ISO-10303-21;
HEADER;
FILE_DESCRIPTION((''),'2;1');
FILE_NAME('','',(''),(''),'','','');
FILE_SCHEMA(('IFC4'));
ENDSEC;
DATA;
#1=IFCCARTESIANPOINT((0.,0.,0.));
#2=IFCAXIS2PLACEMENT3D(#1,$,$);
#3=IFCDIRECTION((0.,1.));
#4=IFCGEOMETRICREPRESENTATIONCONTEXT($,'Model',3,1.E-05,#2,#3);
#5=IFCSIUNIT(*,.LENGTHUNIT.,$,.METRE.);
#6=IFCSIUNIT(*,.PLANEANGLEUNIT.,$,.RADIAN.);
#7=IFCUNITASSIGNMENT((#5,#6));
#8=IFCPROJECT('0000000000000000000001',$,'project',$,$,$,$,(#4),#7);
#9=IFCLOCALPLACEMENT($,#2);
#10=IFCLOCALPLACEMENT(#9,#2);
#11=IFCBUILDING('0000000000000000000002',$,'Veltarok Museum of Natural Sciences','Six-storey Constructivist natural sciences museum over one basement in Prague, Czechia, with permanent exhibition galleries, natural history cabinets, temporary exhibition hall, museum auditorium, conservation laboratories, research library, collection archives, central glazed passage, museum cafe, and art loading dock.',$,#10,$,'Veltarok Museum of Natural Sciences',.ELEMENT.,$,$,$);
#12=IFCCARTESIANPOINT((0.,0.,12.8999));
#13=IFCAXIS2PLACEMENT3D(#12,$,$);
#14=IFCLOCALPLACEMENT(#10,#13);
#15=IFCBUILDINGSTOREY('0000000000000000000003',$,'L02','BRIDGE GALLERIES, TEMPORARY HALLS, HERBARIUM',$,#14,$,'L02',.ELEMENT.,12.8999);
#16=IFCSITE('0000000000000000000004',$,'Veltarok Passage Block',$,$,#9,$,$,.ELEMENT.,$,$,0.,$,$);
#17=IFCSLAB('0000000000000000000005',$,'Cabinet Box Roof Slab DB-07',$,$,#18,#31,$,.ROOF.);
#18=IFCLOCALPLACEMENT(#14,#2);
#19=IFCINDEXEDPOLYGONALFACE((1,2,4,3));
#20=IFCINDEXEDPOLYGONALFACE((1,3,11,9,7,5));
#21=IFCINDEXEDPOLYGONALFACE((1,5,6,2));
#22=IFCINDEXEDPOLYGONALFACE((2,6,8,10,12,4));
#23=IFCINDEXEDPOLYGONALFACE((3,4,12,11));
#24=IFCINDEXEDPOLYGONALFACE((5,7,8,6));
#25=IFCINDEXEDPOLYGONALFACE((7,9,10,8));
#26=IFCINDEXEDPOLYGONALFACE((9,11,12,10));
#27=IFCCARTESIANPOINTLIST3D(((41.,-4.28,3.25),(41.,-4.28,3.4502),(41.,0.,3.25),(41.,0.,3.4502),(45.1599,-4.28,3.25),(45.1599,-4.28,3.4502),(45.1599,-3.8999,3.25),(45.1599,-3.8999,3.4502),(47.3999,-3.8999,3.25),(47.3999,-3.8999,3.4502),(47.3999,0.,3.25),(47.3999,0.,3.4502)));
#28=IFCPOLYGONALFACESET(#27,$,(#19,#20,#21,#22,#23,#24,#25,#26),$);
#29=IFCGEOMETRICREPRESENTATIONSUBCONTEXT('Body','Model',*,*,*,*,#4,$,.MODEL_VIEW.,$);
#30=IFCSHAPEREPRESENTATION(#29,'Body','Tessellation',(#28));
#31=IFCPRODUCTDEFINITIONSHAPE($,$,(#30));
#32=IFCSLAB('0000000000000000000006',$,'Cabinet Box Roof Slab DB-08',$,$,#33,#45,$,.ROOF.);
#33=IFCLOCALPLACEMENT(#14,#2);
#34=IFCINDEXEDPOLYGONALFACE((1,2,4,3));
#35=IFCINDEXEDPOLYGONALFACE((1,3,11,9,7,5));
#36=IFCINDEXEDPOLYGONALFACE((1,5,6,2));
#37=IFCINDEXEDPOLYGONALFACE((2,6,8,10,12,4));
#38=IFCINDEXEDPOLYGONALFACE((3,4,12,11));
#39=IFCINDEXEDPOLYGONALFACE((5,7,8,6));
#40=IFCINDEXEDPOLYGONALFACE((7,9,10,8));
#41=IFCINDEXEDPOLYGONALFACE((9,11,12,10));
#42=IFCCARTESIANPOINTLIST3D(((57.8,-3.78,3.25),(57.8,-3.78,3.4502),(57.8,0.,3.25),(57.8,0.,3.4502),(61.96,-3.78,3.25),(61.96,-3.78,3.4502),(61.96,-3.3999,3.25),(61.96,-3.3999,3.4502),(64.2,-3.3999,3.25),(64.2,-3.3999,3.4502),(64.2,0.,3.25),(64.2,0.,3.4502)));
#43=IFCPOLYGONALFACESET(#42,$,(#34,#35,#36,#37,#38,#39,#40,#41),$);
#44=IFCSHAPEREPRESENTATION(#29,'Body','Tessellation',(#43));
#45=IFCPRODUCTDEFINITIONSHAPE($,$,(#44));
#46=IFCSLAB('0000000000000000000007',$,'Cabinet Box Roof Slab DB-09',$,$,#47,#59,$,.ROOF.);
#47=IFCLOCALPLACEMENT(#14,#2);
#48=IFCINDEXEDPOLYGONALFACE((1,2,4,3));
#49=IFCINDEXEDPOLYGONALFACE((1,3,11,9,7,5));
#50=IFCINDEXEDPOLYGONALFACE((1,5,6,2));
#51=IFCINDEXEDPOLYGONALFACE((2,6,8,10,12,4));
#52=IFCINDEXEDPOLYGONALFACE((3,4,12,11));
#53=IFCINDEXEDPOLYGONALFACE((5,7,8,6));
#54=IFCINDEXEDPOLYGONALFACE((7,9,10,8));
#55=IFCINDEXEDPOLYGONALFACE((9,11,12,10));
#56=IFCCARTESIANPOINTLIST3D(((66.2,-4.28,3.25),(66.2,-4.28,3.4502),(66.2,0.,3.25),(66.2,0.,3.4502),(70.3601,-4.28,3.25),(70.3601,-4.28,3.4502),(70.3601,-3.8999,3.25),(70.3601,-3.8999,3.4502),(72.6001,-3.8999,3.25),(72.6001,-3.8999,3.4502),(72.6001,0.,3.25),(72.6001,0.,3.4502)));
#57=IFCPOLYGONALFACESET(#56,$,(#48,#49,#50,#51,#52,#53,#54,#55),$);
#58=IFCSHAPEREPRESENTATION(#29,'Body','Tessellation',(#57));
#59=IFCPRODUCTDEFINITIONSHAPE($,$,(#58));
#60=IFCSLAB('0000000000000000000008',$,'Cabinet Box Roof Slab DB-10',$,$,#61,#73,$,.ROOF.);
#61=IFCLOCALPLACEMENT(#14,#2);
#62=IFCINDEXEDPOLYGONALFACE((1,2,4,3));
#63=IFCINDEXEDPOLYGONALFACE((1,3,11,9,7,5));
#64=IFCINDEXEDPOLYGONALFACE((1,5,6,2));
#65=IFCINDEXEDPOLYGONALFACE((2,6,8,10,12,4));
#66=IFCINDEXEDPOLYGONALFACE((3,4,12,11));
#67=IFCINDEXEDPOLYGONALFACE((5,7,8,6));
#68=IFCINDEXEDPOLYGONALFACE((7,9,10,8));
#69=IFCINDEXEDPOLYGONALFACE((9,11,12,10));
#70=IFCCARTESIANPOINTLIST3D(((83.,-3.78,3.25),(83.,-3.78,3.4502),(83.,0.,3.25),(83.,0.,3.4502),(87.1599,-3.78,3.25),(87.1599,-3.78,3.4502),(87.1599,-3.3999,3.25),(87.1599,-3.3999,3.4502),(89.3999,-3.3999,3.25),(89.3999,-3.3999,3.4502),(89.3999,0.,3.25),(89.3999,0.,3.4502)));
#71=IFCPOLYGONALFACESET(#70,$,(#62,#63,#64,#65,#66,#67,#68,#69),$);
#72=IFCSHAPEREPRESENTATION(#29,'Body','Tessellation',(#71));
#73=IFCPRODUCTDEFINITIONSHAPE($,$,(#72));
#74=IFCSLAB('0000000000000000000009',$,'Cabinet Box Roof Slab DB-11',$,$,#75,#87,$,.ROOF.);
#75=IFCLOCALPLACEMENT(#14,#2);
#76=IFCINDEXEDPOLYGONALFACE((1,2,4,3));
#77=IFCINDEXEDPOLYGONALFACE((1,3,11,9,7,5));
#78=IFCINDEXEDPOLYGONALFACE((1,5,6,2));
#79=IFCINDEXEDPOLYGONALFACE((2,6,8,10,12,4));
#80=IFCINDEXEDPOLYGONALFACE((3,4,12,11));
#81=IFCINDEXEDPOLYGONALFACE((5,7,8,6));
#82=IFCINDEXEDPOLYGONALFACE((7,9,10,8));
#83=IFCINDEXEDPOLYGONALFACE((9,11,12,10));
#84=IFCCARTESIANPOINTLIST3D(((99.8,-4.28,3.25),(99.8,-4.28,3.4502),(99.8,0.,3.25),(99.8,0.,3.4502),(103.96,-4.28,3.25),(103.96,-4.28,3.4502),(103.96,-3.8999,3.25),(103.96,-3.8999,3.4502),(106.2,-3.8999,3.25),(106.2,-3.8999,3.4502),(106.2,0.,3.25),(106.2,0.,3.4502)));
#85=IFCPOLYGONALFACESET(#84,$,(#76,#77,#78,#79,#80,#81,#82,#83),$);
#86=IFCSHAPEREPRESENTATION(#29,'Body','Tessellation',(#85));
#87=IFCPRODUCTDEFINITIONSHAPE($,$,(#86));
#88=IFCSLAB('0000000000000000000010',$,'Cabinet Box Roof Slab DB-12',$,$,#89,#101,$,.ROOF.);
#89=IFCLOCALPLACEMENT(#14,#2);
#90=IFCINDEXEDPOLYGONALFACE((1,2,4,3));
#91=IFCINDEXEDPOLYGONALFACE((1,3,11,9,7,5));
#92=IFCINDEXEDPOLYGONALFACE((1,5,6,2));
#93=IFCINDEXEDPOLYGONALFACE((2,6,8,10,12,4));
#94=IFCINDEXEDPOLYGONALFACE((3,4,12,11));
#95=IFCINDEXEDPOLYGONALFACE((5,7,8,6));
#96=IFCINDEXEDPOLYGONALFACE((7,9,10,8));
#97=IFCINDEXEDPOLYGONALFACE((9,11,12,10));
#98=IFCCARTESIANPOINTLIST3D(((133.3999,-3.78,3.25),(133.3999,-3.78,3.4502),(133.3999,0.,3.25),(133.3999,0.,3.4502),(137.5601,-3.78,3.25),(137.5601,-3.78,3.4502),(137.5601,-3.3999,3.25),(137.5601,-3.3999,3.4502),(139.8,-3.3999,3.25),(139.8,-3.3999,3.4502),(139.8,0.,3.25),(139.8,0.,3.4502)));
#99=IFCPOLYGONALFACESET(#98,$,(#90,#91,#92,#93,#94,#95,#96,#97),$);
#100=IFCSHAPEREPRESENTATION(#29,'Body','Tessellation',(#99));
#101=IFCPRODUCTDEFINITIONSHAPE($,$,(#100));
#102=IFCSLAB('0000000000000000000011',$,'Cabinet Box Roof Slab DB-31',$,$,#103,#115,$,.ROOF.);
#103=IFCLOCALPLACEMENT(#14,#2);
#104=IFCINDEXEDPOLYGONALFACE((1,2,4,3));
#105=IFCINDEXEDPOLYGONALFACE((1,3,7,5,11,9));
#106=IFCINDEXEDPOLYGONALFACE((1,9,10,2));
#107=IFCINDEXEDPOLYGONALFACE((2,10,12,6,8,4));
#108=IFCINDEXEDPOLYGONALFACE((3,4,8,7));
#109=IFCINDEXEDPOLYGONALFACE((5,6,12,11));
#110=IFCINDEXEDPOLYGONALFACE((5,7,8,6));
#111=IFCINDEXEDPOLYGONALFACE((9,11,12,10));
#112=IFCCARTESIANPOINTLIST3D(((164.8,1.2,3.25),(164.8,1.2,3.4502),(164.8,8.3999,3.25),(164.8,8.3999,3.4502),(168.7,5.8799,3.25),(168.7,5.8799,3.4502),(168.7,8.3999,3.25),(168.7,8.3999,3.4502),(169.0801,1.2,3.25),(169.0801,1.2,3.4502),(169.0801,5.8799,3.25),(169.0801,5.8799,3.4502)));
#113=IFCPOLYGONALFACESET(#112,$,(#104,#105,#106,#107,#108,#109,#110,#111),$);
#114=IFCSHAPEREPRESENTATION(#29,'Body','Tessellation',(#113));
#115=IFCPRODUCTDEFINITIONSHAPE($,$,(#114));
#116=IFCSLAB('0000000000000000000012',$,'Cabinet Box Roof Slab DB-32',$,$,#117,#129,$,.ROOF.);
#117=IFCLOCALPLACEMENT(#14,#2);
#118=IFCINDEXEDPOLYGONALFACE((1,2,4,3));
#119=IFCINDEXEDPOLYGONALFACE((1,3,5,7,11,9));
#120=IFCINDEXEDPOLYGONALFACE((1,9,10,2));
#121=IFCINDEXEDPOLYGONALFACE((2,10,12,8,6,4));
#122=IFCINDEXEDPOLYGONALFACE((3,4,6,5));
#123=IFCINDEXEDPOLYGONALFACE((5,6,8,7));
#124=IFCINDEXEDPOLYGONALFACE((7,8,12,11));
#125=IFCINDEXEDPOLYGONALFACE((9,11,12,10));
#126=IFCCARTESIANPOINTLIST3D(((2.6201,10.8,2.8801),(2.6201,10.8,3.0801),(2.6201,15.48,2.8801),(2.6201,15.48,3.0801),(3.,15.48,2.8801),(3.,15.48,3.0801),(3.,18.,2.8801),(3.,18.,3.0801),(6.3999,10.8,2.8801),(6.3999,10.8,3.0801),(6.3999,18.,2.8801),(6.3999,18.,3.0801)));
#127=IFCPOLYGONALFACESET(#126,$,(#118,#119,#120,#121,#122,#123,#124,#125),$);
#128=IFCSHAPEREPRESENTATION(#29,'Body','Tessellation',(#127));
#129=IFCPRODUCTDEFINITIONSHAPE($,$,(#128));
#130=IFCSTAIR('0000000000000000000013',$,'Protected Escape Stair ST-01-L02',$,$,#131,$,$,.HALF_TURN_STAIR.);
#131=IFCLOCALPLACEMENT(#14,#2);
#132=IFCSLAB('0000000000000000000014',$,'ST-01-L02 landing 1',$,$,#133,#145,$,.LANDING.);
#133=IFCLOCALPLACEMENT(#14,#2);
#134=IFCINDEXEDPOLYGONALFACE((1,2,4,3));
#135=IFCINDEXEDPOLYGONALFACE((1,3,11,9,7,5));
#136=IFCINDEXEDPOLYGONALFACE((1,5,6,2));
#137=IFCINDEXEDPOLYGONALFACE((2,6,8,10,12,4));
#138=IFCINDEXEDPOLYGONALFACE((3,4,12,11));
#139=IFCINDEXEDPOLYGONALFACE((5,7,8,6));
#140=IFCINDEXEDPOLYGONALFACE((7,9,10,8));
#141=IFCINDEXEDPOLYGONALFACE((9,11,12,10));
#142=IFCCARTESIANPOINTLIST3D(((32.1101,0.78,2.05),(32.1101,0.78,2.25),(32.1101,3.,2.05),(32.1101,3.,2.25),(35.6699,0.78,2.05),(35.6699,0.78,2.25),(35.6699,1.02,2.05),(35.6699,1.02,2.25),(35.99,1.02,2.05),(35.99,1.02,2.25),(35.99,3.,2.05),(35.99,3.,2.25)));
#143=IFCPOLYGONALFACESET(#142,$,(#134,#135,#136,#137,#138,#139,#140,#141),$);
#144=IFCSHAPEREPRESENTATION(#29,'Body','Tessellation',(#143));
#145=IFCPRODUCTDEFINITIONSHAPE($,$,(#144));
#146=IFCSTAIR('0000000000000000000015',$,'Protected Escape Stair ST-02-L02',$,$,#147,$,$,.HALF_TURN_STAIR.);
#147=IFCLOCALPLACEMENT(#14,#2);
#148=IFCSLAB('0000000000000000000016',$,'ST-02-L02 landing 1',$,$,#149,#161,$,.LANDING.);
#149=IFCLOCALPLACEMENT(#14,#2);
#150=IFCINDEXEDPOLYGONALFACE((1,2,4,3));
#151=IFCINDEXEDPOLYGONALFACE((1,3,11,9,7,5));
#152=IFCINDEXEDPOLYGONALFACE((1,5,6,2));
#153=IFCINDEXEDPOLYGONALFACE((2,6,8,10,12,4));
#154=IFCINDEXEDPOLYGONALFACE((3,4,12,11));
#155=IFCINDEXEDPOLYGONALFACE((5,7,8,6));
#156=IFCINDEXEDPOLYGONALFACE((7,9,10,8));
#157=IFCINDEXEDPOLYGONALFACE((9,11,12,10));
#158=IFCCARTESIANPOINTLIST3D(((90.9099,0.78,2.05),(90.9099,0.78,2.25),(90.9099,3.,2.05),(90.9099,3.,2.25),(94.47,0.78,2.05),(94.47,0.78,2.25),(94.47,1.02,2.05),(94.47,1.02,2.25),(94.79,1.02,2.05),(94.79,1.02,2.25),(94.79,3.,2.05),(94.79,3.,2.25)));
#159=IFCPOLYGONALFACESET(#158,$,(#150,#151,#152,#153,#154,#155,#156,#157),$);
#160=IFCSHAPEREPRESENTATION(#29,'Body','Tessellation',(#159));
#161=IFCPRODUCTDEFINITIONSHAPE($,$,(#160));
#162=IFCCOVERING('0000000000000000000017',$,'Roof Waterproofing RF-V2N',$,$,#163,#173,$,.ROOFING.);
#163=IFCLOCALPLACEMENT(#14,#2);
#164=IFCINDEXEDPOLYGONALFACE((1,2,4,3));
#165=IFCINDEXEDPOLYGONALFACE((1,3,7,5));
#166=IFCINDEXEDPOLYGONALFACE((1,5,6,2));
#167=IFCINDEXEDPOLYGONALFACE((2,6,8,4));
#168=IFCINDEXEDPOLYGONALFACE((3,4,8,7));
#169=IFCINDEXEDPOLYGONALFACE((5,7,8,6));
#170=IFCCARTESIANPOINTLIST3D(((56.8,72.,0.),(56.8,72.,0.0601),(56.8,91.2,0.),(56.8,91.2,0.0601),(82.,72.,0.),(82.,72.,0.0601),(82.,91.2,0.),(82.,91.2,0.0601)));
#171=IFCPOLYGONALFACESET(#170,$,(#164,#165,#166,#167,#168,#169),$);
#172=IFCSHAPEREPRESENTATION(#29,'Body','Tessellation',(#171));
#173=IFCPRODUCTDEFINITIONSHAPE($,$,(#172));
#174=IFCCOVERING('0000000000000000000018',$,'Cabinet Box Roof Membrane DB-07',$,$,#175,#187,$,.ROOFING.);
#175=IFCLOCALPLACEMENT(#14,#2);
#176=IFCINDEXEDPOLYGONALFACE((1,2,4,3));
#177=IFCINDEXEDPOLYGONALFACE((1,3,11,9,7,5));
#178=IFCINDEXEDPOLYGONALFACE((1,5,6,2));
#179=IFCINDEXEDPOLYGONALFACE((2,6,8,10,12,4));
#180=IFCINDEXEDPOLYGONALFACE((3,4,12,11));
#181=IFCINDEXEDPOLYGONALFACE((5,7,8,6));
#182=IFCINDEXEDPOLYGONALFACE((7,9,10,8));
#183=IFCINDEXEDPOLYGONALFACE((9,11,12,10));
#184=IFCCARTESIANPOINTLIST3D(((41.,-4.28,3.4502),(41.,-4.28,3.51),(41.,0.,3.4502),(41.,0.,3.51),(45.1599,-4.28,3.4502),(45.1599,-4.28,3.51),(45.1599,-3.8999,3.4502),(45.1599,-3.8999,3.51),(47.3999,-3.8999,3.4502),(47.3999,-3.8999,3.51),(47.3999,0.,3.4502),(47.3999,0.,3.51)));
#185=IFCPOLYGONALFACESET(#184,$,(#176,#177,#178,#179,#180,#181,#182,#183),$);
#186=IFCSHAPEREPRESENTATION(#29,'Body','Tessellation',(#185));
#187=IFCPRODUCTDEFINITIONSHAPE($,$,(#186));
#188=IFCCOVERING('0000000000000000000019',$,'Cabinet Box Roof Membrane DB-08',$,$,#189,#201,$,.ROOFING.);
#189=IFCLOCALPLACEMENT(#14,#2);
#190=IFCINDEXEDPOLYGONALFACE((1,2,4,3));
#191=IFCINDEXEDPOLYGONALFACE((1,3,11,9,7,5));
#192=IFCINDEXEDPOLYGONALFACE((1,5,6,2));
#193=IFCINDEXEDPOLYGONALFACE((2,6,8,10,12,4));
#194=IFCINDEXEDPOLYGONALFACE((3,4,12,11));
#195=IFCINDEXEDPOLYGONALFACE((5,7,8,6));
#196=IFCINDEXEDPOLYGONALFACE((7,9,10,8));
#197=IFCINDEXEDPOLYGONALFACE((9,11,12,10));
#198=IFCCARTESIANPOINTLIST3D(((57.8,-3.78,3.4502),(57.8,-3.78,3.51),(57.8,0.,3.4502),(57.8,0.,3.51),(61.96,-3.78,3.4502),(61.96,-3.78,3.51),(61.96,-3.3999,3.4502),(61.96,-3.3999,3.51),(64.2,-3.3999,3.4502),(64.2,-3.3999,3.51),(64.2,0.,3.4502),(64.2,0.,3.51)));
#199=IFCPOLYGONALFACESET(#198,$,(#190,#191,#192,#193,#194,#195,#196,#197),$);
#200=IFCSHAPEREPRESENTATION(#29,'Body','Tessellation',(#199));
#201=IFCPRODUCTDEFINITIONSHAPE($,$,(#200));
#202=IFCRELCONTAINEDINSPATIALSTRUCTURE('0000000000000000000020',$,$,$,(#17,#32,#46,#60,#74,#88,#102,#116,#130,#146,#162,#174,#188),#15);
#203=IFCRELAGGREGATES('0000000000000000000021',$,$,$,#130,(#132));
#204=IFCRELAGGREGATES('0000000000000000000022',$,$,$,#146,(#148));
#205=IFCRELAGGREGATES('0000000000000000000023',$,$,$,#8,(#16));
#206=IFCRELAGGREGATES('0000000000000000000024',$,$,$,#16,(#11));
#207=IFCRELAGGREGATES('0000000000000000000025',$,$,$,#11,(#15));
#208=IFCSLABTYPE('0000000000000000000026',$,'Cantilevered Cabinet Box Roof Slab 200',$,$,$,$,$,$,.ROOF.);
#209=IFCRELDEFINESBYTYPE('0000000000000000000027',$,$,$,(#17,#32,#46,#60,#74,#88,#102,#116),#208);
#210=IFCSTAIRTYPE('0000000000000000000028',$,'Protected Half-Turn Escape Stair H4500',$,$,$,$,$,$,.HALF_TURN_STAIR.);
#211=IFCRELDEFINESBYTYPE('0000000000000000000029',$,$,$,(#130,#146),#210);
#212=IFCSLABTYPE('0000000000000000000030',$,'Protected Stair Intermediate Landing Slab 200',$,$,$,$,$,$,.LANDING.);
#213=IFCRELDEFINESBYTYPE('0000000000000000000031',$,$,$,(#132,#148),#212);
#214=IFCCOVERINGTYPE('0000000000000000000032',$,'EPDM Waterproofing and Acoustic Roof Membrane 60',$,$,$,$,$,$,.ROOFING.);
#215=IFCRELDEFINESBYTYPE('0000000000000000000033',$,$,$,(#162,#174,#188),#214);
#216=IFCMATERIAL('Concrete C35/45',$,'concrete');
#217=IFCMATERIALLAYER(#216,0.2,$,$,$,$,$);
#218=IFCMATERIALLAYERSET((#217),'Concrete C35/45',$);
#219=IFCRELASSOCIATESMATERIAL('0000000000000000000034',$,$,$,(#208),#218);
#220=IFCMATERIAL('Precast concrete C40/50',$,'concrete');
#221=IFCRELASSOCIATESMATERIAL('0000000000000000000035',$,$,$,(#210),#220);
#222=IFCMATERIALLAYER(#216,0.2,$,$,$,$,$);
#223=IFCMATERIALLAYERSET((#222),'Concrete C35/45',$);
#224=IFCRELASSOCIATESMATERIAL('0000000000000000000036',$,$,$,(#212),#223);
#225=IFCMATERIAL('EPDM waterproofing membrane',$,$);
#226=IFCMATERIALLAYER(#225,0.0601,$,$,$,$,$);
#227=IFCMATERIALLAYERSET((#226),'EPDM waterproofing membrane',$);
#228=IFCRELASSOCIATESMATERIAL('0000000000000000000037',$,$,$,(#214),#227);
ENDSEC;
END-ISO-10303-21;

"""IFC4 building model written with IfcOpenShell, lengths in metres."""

from ifc_helpers import new_model, si_unit, direction, frame, origin, place, context, subcontext, project, spatial, polyline, outline, extrude, material, layer, layer_set, type_object, element, aggregate, save


model = new_model("IFC4")

# Units and contexts
model_context = context("Model", 3, precision=1e-05, world=origin(), true_north=direction((0.0, 1.0)))
body_context = subcontext(model_context, "Body", "Model", "MODEL_VIEW")
ifc_project = project(units=[si_unit("LENGTHUNIT", "METRE"), si_unit("PLANEANGLEUNIT", "RADIAN")], contexts=[model_context])

# Site, building, storey
site_placement = place(None, origin())
site = spatial("IfcSite", under=ifc_project, at=site_placement, Name="Veltarok Passage Block", CompositionType="ELEMENT", RefElevation=0.0)
building_placement = place(site_placement, origin())
building = spatial("IfcBuilding", under=site, at=building_placement, Name="Veltarok Museum of Natural Sciences", Description="Six-storey Constructivist natural sciences museum over one basement in Prague, Czechia, with permanent exhibition galleries, natural history cabinets, temporary exhibition hall, museum auditorium, conservation laboratories, research library, collection archives, central glazed passage, museum cafe, and art loading dock.", LongName="Veltarok Museum of Natural Sciences", CompositionType="ELEMENT")
storey_placement = place(building_placement, frame((0.0, 0.0, 12.8999)))
storey = spatial("IfcBuildingStorey", under=building, at=storey_placement, Name="L02", Description="BRIDGE GALLERIES, TEMPORARY HALLS, HERBARIUM", LongName="L02", CompositionType="ELEMENT", Elevation=12.8999)

# Slabs
ifc_material_1 = material(Name="Concrete C35/45", Category="concrete")
ifc_layer_1 = layer(ifc_material_1, 0.2)
ifc_layer_set_1 = layer_set([ifc_layer_1], Name="Concrete C35/45")
slab_type_1 = type_object("IfcSlabType", Name="Cantilevered Cabinet Box Roof Slab 200", PredefinedType="ROOF", material=ifc_layer_set_1)
slab_1_placement = place(storey_placement, frame((0.0, 0.0, 3.25)))
element("IfcSlab", 1, at=slab_1_placement, inside=storey, type_object=slab_type_1, Name="Cabinet Box Roof Slab DB-07", PredefinedType="ROOF", context=body_context, shape_type="SweptSolid", body=[
    extrude(outline(polyline([(41.0, -4.28), (45.1599, -4.28), (45.1599, -3.8999), (47.3999, -3.8999), (47.3999, 0.0), (41.0, 0.0), (41.0, -4.28)])), origin(), (0.0, 0.0, 1.0), 0.2002),
])
slab_2_placement = place(storey_placement, frame((0.0, 0.0, 3.25)))
element("IfcSlab", 2, at=slab_2_placement, inside=storey, type_object=slab_type_1, Name="Cabinet Box Roof Slab DB-08", PredefinedType="ROOF", context=body_context, shape_type="SweptSolid", body=[
    extrude(outline(polyline([(57.8, -3.78), (61.96, -3.78), (61.96, -3.3999), (64.2, -3.3999), (64.2, 0.0), (57.8, 0.0), (57.8, -3.78)])), origin(), (0.0, 0.0, 1.0), 0.2002),
])
slab_3_placement = place(storey_placement, frame((0.0, 0.0, 3.25)))
element("IfcSlab", 3, at=slab_3_placement, inside=storey, type_object=slab_type_1, Name="Cabinet Box Roof Slab DB-09", PredefinedType="ROOF", context=body_context, shape_type="SweptSolid", body=[
    extrude(outline(polyline([(66.2, -4.28), (70.3601, -4.28), (70.3601, -3.8999), (72.6001, -3.8999), (72.6001, 0.0), (66.2, 0.0), (66.2, -4.28)])), origin(), (0.0, 0.0, 1.0), 0.2002),
])
slab_4_placement = place(storey_placement, frame((0.0, 0.0, 3.25)))
element("IfcSlab", 4, at=slab_4_placement, inside=storey, type_object=slab_type_1, Name="Cabinet Box Roof Slab DB-10", PredefinedType="ROOF", context=body_context, shape_type="SweptSolid", body=[
    extrude(outline(polyline([(83.0, -3.78), (87.1599, -3.78), (87.1599, -3.3999), (89.3999, -3.3999), (89.3999, 0.0), (83.0, 0.0), (83.0, -3.78)])), origin(), (0.0, 0.0, 1.0), 0.2002),
])
slab_5_placement = place(storey_placement, frame((0.0, 0.0, 3.25)))
element("IfcSlab", 5, at=slab_5_placement, inside=storey, type_object=slab_type_1, Name="Cabinet Box Roof Slab DB-11", PredefinedType="ROOF", context=body_context, shape_type="SweptSolid", body=[
    extrude(outline(polyline([(99.8, -4.28), (103.96, -4.28), (103.96, -3.8999), (106.2, -3.8999), (106.2, 0.0), (99.8, 0.0), (99.8, -4.28)])), origin(), (0.0, 0.0, 1.0), 0.2002),
])
slab_6_placement = place(storey_placement, frame((0.0, 0.0, 3.25)))
element("IfcSlab", 6, at=slab_6_placement, inside=storey, type_object=slab_type_1, Name="Cabinet Box Roof Slab DB-12", PredefinedType="ROOF", context=body_context, shape_type="SweptSolid", body=[
    extrude(outline(polyline([(133.3999, -3.78), (137.5601, -3.78), (137.5601, -3.3999), (139.8, -3.3999), (139.8, 0.0), (133.3999, 0.0), (133.3999, -3.78)])), origin(), (0.0, 0.0, 1.0), 0.2002),
])
slab_7_placement = place(storey_placement, frame((0.0, 0.0, 3.25)))
element("IfcSlab", 7, at=slab_7_placement, inside=storey, type_object=slab_type_1, Name="Cabinet Box Roof Slab DB-31", PredefinedType="ROOF", context=body_context, shape_type="SweptSolid", body=[
    extrude(outline(polyline([(164.8, 1.2), (169.0801, 1.2), (169.0801, 5.8799), (168.7, 5.8799), (168.7, 8.3999), (164.8, 8.3999), (164.8, 1.2)])), origin(), (0.0, 0.0, 1.0), 0.2002),
])
slab_8_placement = place(storey_placement, frame((0.0, 0.0, 2.8801)))
element("IfcSlab", 8, at=slab_8_placement, inside=storey, type_object=slab_type_1, Name="Cabinet Box Roof Slab DB-32", PredefinedType="ROOF", context=body_context, shape_type="SweptSolid", body=[
    extrude(outline(polyline([(2.6201, 10.8), (6.3999, 10.8), (6.3999, 18.0), (3.0, 18.0), (3.0, 15.48), (2.6201, 15.48), (2.6201, 10.8)])), origin(), (0.0, 0.0, 1.0), 0.2),
])

# Stairs, slabs
ifc_material_2 = material(Name="Precast concrete C40/50", Category="concrete")
stair_type = type_object("IfcStairType", Name="Protected Half-Turn Escape Stair H4500", PredefinedType="HALF_TURN_STAIR", material=ifc_material_2)
stair_1_placement = place(storey_placement, origin())
stair_1 = element("IfcStair", 9, at=stair_1_placement, inside=storey, type_object=stair_type, Name="Protected Escape Stair ST-01-L02", PredefinedType="HALF_TURN_STAIR")
ifc_layer_2 = layer(ifc_material_1, 0.2)
ifc_layer_set_2 = layer_set([ifc_layer_2], Name="Concrete C35/45")
slab_type_2 = type_object("IfcSlabType", Name="Protected Stair Intermediate Landing Slab 200", PredefinedType="LANDING", material=ifc_layer_set_2)
slab_9_placement = place(storey_placement, frame((0.0, 0.0, 2.05)))
slab_9 = element("IfcSlab", 10, at=slab_9_placement, type_object=slab_type_2, Name="ST-01-L02 landing 1", PredefinedType="LANDING", context=body_context, shape_type="SweptSolid", body=[
    extrude(outline(polyline([(32.1101, 0.78), (35.6699, 0.78), (35.6699, 1.02), (35.99, 1.02), (35.99, 3.0), (32.1101, 3.0), (32.1101, 0.78)])), origin(), (0.0, 0.0, 1.0), 0.2),
])
aggregate(stair_1, [slab_9])
stair_2_placement = place(storey_placement, origin())
stair_2 = element("IfcStair", 11, at=stair_2_placement, inside=storey, type_object=stair_type, Name="Protected Escape Stair ST-02-L02", PredefinedType="HALF_TURN_STAIR")
slab_10_placement = place(storey_placement, frame((0.0, 0.0, 2.05)))
slab_10 = element("IfcSlab", 12, at=slab_10_placement, type_object=slab_type_2, Name="ST-02-L02 landing 1", PredefinedType="LANDING", context=body_context, shape_type="SweptSolid", body=[
    extrude(outline(polyline([(90.9099, 0.78), (94.47, 0.78), (94.47, 1.02), (94.79, 1.02), (94.79, 3.0), (90.9099, 3.0), (90.9099, 0.78)])), origin(), (0.0, 0.0, 1.0), 0.2),
])
aggregate(stair_2, [slab_10])

# Coverings
ifc_material_3 = material(Name="EPDM waterproofing membrane")
ifc_layer_3 = layer(ifc_material_3, 0.0601)
ifc_layer_set_3 = layer_set([ifc_layer_3], Name="EPDM waterproofing membrane")
covering_type = type_object("IfcCoveringType", Name="EPDM Waterproofing and Acoustic Roof Membrane 60", PredefinedType="ROOFING", material=ifc_layer_set_3)
covering_1_placement = place(storey_placement, origin())
element("IfcCovering", 13, at=covering_1_placement, inside=storey, type_object=covering_type, Name="Roof Waterproofing RF-V2N", PredefinedType="ROOFING", context=body_context, shape_type="SweptSolid", body=[
    extrude(outline(polyline([(56.8, 72.0), (56.8, 91.2), (82.0, 91.2), (82.0, 72.0), (56.8, 72.0)])), origin(), (0.0, 0.0, 1.0), 0.0601),
])
covering_2_placement = place(storey_placement, frame((0.0, 0.0, 3.4502)))
element("IfcCovering", 14, at=covering_2_placement, inside=storey, type_object=covering_type, Name="Cabinet Box Roof Membrane DB-07", PredefinedType="ROOFING", context=body_context, shape_type="SweptSolid", body=[
    extrude(outline(polyline([(41.0, -4.28), (45.1599, -4.28), (45.1599, -3.8999), (47.3999, -3.8999), (47.3999, 0.0), (41.0, 0.0), (41.0, -4.28)])), origin(), (0.0, 0.0, 1.0), 0.0598),
])
covering_3_placement = place(storey_placement, frame((0.0, 0.0, 3.4502)))
element("IfcCovering", 15, at=covering_3_placement, inside=storey, type_object=covering_type, Name="Cabinet Box Roof Membrane DB-08", PredefinedType="ROOFING", context=body_context, shape_type="SweptSolid", body=[
    extrude(outline(polyline([(57.8, -3.78), (61.96, -3.78), (61.96, -3.3999), (64.2, -3.3999), (64.2, 0.0), (57.8, 0.0), (57.8, -3.78)])), origin(), (0.0, 0.0, 1.0), 0.0598),
])

save(model, "model.ifc")
